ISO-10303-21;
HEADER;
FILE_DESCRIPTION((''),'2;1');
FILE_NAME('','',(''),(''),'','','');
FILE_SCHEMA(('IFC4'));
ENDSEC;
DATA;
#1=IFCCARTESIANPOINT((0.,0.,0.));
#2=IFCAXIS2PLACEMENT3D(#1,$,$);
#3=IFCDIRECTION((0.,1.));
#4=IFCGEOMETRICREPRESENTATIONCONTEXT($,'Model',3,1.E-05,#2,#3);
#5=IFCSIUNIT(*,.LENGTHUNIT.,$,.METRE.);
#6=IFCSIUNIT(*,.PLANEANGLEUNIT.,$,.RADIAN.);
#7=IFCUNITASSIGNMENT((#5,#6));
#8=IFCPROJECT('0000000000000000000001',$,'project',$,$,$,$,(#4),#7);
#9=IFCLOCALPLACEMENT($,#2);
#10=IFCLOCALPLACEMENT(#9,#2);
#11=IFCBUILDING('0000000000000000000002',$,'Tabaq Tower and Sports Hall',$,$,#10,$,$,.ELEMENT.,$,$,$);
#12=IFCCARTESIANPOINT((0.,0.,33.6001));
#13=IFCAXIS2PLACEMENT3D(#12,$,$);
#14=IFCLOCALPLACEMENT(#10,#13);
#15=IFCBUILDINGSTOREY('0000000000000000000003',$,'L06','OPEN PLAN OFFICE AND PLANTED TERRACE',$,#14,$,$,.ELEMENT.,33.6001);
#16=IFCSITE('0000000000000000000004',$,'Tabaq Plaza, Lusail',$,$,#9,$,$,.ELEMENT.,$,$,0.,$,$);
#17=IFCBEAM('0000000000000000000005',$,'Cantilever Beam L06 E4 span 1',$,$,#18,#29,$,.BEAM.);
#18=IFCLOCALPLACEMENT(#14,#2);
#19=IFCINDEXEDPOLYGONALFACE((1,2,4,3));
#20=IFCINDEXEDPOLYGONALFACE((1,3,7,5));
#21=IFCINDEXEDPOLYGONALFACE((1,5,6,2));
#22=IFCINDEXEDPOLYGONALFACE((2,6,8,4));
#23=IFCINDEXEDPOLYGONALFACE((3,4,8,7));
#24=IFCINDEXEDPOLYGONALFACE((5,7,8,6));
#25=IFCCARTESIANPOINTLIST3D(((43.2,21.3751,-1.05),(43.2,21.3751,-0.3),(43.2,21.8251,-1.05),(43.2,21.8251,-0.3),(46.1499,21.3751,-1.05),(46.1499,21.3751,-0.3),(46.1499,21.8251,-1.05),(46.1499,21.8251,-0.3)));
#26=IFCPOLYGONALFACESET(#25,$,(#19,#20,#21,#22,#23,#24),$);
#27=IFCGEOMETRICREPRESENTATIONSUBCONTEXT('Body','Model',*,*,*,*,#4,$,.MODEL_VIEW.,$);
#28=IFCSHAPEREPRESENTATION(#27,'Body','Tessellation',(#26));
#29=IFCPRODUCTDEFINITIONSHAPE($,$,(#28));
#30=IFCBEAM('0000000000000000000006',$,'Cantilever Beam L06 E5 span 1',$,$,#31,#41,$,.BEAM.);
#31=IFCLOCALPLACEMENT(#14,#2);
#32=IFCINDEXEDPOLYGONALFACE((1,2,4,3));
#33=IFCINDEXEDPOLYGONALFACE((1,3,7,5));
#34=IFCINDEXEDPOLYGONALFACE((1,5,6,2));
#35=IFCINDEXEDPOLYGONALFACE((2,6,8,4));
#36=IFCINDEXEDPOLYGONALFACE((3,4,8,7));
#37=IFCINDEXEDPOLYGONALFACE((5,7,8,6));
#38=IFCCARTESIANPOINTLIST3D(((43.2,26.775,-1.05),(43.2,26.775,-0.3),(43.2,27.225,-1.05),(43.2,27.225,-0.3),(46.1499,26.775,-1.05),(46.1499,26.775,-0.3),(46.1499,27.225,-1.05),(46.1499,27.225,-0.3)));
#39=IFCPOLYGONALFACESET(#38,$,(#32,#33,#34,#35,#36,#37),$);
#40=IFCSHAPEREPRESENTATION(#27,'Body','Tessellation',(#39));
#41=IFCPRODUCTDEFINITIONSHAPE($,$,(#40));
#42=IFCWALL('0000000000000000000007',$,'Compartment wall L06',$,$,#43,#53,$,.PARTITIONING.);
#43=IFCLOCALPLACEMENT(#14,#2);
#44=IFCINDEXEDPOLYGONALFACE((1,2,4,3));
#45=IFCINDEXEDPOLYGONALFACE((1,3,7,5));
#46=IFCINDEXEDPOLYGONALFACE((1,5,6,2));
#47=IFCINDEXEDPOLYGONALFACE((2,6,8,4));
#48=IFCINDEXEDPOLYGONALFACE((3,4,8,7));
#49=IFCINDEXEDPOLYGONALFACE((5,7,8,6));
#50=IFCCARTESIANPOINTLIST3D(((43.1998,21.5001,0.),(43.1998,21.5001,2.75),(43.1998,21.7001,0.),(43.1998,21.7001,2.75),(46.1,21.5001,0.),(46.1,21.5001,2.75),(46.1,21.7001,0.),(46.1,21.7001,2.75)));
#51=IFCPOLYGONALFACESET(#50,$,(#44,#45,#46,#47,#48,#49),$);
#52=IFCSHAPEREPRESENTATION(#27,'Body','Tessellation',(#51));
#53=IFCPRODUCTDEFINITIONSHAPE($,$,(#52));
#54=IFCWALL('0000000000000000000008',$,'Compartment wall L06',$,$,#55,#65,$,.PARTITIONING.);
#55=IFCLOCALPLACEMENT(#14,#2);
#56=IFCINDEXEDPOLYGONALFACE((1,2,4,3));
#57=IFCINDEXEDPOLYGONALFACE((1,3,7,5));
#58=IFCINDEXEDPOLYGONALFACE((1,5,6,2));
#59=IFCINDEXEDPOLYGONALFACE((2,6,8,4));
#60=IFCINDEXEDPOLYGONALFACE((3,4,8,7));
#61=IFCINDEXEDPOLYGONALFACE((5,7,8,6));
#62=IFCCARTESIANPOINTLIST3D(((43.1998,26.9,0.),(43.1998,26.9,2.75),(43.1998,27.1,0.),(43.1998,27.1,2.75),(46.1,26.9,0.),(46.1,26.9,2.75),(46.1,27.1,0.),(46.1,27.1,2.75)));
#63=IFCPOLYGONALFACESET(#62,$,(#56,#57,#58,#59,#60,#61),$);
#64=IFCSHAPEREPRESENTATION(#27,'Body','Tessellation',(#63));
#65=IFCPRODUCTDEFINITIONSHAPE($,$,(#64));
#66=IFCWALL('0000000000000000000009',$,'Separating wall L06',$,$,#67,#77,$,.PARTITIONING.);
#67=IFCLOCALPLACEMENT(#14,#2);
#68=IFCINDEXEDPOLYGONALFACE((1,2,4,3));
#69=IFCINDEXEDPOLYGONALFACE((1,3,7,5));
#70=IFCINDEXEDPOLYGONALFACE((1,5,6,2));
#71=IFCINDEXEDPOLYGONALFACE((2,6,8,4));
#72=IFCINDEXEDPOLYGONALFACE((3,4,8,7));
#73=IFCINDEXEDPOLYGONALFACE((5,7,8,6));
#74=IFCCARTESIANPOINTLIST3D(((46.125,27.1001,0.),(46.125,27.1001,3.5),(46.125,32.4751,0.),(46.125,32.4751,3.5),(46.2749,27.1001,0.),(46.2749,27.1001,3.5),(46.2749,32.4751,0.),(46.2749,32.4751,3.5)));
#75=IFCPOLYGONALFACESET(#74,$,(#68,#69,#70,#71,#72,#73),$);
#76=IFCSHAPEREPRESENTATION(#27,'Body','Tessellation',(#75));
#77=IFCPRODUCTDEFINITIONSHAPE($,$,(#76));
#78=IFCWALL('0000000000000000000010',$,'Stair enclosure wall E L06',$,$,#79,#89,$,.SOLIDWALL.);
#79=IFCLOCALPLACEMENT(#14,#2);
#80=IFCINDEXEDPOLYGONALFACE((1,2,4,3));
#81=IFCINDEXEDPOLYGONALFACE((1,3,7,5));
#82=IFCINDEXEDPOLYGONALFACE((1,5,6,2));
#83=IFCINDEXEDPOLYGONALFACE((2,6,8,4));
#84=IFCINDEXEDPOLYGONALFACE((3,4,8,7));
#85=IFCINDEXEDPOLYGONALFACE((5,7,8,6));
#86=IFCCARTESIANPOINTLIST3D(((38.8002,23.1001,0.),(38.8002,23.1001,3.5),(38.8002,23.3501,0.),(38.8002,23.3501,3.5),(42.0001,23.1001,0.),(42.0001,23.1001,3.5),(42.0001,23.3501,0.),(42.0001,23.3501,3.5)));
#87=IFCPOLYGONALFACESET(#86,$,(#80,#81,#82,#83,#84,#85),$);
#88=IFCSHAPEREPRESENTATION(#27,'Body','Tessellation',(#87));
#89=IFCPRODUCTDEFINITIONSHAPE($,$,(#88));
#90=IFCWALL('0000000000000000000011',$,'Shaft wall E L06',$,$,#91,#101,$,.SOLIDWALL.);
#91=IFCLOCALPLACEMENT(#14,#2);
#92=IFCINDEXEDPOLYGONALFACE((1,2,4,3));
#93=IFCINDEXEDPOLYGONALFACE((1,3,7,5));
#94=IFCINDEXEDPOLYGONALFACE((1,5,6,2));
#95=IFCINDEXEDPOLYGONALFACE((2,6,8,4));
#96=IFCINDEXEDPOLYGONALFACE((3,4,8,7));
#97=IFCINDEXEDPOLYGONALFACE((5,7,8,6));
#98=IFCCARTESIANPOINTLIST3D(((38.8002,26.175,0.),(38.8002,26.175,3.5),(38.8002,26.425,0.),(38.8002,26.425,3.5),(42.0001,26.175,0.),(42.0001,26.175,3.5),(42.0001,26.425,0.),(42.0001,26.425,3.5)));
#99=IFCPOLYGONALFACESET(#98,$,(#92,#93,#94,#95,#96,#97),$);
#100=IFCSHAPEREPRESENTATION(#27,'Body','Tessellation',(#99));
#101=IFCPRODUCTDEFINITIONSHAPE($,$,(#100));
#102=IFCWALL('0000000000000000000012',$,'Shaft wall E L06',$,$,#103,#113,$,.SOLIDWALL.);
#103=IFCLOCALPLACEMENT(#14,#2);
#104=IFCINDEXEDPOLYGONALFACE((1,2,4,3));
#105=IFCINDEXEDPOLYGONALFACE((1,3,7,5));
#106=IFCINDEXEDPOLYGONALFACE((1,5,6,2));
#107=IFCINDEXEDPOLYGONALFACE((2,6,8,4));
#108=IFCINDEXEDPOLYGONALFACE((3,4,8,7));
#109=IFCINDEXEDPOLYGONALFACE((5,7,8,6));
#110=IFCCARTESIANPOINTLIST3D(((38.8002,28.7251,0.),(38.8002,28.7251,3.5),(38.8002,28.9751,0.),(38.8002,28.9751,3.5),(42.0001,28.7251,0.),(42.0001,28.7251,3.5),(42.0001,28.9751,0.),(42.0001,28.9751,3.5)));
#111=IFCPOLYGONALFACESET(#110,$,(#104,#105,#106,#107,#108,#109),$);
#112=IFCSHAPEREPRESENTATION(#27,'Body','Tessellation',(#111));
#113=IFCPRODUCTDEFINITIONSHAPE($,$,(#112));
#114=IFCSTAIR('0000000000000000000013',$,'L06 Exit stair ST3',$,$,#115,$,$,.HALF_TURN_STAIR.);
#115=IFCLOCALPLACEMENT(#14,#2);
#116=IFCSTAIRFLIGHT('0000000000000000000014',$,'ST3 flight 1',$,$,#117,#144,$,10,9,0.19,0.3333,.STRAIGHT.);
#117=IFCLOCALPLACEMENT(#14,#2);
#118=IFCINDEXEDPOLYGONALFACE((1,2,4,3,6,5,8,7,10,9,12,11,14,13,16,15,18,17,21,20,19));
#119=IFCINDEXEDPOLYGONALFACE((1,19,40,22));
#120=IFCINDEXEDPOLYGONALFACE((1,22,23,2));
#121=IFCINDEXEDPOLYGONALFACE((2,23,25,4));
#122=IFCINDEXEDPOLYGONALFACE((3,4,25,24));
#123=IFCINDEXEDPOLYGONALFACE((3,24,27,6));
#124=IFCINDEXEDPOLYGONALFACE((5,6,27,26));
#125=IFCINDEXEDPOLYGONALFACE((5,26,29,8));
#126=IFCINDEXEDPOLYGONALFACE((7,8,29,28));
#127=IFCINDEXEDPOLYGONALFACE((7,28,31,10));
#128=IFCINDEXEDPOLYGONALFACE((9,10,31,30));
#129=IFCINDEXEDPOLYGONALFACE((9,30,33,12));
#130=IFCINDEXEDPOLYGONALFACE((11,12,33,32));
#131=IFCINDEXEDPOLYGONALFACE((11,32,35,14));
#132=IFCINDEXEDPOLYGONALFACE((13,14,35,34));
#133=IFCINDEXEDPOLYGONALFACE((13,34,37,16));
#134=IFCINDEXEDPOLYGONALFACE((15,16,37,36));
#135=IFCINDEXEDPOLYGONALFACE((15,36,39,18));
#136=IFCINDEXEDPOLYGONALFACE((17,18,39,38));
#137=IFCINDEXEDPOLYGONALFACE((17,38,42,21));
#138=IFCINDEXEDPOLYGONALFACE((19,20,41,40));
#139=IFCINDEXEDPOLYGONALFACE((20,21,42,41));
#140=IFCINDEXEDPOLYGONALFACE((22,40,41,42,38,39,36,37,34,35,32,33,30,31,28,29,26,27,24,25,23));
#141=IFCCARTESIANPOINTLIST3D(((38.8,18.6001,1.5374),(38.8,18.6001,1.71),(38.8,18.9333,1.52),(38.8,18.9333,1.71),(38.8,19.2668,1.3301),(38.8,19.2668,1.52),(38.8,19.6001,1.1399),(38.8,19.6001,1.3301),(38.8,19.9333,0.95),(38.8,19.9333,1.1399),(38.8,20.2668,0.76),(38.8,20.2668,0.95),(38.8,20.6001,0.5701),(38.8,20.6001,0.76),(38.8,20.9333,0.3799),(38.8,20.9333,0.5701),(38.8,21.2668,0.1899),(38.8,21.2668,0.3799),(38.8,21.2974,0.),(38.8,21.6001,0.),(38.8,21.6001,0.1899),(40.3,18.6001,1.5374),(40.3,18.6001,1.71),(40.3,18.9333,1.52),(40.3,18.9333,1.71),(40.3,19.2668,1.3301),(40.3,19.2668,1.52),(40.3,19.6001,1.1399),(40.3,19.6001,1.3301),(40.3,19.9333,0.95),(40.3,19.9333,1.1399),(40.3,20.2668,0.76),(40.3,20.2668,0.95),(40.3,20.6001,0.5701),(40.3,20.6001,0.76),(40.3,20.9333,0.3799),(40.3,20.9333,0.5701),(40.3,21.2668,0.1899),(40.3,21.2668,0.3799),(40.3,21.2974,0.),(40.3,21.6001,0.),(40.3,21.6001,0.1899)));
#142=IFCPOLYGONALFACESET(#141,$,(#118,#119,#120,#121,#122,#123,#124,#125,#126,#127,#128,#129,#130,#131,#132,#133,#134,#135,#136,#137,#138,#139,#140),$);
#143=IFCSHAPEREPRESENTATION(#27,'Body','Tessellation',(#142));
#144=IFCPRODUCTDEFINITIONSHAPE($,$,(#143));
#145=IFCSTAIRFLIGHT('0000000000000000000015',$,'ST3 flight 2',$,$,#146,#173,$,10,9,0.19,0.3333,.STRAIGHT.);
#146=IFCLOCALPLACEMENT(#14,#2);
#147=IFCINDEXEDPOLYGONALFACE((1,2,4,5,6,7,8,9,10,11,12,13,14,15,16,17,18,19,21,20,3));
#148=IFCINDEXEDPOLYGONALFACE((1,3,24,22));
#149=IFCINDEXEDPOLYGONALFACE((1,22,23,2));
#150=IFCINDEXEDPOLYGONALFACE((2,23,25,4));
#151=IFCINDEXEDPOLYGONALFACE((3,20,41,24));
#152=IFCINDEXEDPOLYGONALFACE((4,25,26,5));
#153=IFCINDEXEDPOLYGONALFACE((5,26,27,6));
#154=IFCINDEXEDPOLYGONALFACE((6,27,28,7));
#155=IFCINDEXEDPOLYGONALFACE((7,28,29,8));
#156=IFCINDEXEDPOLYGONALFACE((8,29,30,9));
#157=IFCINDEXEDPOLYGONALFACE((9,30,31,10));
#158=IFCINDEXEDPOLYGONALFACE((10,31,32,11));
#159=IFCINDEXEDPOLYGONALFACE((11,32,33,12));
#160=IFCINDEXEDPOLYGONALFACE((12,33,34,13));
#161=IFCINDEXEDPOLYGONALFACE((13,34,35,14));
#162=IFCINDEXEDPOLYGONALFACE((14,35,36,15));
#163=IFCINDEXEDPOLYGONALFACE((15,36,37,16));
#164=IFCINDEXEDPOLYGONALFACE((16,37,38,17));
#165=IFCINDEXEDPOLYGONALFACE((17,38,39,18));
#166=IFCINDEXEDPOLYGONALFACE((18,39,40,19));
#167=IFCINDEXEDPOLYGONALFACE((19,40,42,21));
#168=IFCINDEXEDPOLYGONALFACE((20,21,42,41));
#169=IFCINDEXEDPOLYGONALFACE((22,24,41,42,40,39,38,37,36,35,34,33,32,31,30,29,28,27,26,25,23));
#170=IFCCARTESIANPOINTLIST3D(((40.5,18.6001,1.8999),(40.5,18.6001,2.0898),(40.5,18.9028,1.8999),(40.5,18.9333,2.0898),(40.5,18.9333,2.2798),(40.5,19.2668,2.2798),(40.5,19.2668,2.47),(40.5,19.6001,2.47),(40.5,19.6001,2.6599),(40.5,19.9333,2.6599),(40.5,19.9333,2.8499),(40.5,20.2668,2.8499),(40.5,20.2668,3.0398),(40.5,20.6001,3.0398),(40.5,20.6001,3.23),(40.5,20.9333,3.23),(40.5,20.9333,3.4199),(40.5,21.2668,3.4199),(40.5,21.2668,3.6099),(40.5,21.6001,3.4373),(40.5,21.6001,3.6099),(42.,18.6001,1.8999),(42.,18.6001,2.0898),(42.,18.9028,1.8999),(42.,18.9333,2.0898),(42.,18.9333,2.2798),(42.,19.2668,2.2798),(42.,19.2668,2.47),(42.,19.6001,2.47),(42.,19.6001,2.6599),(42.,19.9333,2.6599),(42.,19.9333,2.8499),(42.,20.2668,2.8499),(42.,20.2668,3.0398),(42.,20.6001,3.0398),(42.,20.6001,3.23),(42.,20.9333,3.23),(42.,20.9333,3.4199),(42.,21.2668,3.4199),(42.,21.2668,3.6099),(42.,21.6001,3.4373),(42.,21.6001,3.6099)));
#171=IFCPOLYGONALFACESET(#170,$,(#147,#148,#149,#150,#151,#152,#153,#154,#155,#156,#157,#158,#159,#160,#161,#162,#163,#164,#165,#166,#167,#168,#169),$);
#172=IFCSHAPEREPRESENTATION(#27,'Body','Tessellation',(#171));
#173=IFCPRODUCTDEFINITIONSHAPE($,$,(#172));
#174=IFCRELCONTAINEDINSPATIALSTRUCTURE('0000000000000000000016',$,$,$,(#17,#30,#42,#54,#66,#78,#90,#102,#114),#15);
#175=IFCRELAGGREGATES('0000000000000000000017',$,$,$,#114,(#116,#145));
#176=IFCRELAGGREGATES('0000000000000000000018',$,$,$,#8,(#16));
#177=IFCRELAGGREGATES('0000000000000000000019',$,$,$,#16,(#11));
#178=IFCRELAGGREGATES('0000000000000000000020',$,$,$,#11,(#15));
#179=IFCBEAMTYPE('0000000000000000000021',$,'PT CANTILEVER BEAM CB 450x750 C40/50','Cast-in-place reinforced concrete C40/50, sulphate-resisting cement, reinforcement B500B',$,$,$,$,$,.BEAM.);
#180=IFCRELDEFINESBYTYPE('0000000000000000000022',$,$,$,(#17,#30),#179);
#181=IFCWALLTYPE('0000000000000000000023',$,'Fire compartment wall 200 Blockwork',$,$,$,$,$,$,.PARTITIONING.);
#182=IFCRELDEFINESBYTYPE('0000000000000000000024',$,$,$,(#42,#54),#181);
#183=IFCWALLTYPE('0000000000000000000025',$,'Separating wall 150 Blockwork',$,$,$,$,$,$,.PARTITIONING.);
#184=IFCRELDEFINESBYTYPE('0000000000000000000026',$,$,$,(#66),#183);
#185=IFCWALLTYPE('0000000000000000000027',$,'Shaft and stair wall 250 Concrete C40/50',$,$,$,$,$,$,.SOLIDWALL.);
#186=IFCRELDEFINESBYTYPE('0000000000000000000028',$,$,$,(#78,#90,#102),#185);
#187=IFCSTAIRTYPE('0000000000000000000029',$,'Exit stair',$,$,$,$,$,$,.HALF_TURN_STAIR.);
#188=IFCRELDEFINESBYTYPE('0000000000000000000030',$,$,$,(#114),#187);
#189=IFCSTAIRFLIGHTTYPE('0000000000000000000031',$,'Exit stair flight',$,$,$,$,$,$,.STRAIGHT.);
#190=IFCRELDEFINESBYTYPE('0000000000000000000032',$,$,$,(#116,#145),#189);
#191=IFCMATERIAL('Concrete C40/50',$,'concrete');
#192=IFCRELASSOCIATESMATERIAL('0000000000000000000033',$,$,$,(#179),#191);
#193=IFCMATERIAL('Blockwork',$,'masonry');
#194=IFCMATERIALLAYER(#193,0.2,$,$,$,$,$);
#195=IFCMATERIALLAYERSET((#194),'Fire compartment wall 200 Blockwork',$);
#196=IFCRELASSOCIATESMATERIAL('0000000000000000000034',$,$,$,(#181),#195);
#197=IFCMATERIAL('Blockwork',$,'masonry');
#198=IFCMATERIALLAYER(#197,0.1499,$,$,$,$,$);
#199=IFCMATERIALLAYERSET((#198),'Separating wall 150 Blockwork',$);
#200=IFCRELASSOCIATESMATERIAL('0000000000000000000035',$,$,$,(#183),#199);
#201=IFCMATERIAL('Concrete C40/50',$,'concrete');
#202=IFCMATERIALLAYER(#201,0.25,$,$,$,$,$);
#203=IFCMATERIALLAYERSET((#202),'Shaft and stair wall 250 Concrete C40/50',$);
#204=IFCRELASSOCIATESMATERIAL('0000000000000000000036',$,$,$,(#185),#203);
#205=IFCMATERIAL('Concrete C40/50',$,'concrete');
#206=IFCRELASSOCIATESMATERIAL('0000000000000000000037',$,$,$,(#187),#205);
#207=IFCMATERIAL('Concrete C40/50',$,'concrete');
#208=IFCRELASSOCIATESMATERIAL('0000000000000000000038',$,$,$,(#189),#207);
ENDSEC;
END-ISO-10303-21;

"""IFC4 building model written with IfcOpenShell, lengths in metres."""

from ifc_helpers import new_model, si_unit, direction, frame, frame_2d, origin, origin_2d, place, context, subcontext, project, spatial, polyline, rectangle, outline, extrude, material, layer, layer_set, material_profile, profile_set, type_object, element, aggregate, save


model = new_model("IFC4")

# Units and contexts
model_context = context("Model", 3, precision=1e-05, world=origin(), true_north=direction((0.0, 1.0)))
body_context = subcontext(model_context, "Body", "Model", "MODEL_VIEW")
ifc_project = project(units=[si_unit("LENGTHUNIT", "METRE"), si_unit("PLANEANGLEUNIT", "RADIAN")], contexts=[model_context])

# Site, building, storey
site_placement = place(None, origin())
site = spatial("IfcSite", under=ifc_project, at=site_placement, Name="Tabaq Plaza, Lusail", CompositionType="ELEMENT", RefElevation=0.0)
building_placement = place(site_placement, origin())
building = spatial("IfcBuilding", under=site, at=building_placement, Name="Tabaq Tower and Sports Hall", CompositionType="ELEMENT")
storey_placement = place(building_placement, frame((0.0, 0.0, 33.6001)))
storey = spatial("IfcBuildingStorey", under=building, at=storey_placement, Name="L06", Description="OPEN PLAN OFFICE AND PLANTED TERRACE", CompositionType="ELEMENT", Elevation=33.6001)

# Beams
ifc_material_1 = material(Name="Concrete C40/50", Category="concrete")
ifc_material_profile = material_profile(ifc_material_1, rectangle(XDim=0.45, YDim=0.75, at=origin_2d()), Name="CB 450x750")
ifc_profile_set = profile_set([ifc_material_profile], Name="Concrete C40/50")
beam_type = type_object("IfcBeamType", Name="PT CANTILEVER BEAM CB 450x750 C40/50", Description="Cast-in-place reinforced concrete C40/50, sulphate-resisting cement, reinforcement B500B", PredefinedType="BEAM", material=ifc_profile_set)
for number, where, z_axis, x_axis, name in (
    (1, (46.1499, 21.6001, -0.675), (-1.0, 0.0, 0.0), (0.0, -1.0, 0.0), "Cantilever Beam L06 E4 span 1"),
    (2, (46.1499, 27.0, -0.675), (-1.0, 0.0, 0.0), (0.0, -1.0, 0.0), "Cantilever Beam L06 E5 span 1"),
):
    element("IfcBeam", number, at=place(storey_placement, frame(where, z_axis=z_axis, x_axis=x_axis)), inside=storey, type_object=beam_type, Name=name, PredefinedType="BEAM", context=body_context, shape_type="SweptSolid", body=[
        extrude(rectangle(XDim=0.45, YDim=0.75, at=origin_2d()), origin(), (0.0, 0.0, 1.0), 2.95),
    ])

# Shared definitions
ifc_material_2 = material(Name="Blockwork", Category="masonry")
ifc_layer_1 = layer(ifc_material_2, 0.2)
ifc_layer_set_1 = layer_set([ifc_layer_1], Name="Fire compartment wall 200 Blockwork")
wall_type_1 = type_object("IfcWallType", Name="Fire compartment wall 200 Blockwork", PredefinedType="PARTITIONING", material=ifc_layer_set_1)

# Walls
for number, where, z_axis, x_axis, name in (
    (3, (46.1001, 21.6001, 0.0), (0.0, 0.0, 1.0), (-1.0, 0.0, 0.0), "Compartment wall L06"),
    (4, (46.1001, 27.0, 0.0), (0.0, 0.0, 1.0), (-1.0, 0.0, 0.0), "Compartment wall L06"),
):
    element("IfcWall", number, at=place(storey_placement, frame(where, z_axis=z_axis, x_axis=x_axis)), inside=storey, type_object=wall_type_1, Name=name, PredefinedType="PARTITIONING", context=body_context, shape_type="SweptSolid", body=[
        extrude(rectangle(XDim=2.9001, YDim=0.2, at=frame_2d((1.4502, 0.0))), origin(), (0.0, 0.0, 1.0), 2.75),
    ])
ifc_material_3 = material(Name="Blockwork", Category="masonry")
ifc_layer_2 = layer(ifc_material_3, 0.1499)
ifc_layer_set_2 = layer_set([ifc_layer_2], Name="Separating wall 150 Blockwork")
wall_type_2 = type_object("IfcWallType", Name="Separating wall 150 Blockwork", PredefinedType="PARTITIONING", material=ifc_layer_set_2)
wall_1_placement = place(storey_placement, frame((46.2, 27.1001, 0.0), z_axis=(0.0, 0.0, 1.0), x_axis=(0.0, 1.0, 0.0)))
element("IfcWall", 5, at=wall_1_placement, inside=storey, type_object=wall_type_2, Name="Separating wall L06", PredefinedType="PARTITIONING", context=body_context, shape_type="SweptSolid", body=[
    extrude(rectangle(XDim=5.375, YDim=0.1499, at=frame_2d((2.6875, 0.0))), origin(), (0.0, 0.0, 1.0), 3.5),
])
ifc_material_4 = material(Name="Concrete C40/50", Category="concrete")
ifc_layer_3 = layer(ifc_material_4, 0.25)
ifc_layer_set_3 = layer_set([ifc_layer_3], Name="Shaft and stair wall 250 Concrete C40/50")
wall_type_3 = type_object("IfcWallType", Name="Shaft and stair wall 250 Concrete C40/50", PredefinedType="SOLIDWALL", material=ifc_layer_set_3)
for number, where, z_axis, x_axis, name in (
    (6, (38.8, 23.2251, 0.0), (0.0, 0.0, 1.0), (1.0, 0.0, 0.0), "Stair enclosure wall E L06"),
    (7, (38.8, 26.3, 0.0), (0.0, 0.0, 1.0), (1.0, 0.0, 0.0), "Shaft wall E L06"),
    (8, (38.8, 28.8501, 0.0), (0.0, 0.0, 1.0), (1.0, 0.0, 0.0), "Shaft wall E L06"),
):
    element("IfcWall", number, at=place(storey_placement, frame(where, z_axis=z_axis, x_axis=x_axis)), inside=storey, type_object=wall_type_3, Name=name, PredefinedType="SOLIDWALL", context=body_context, shape_type="SweptSolid", body=[
        extrude(rectangle(XDim=3.2, YDim=0.25, at=frame_2d((1.6001, 0.0))), origin(), (0.0, 0.0, 1.0), 3.5),
    ])

# Stair, stair flights
ifc_material_5 = material(Name="Concrete C40/50", Category="concrete")
stair_type = type_object("IfcStairType", Name="Exit stair", PredefinedType="HALF_TURN_STAIR", material=ifc_material_5)
stair_placement = place(storey_placement, origin())
stair = element("IfcStair", 9, at=stair_placement, inside=storey, type_object=stair_type, Name="L06 Exit stair ST3", PredefinedType="HALF_TURN_STAIR")
ifc_material_6 = material(Name="Concrete C40/50", Category="concrete")
stair_flight_type = type_object("IfcStairFlightType", Name="Exit stair flight", PredefinedType="STRAIGHT", material=ifc_material_6)
stair_flight_1_placement = place(storey_placement, frame((39.55, 21.6001, 0.0), z_axis=(0.0, 0.0, 1.0), x_axis=(0.0, -1.0, 0.0)))
stair_flight_1 = element("IfcStairFlight", 10, at=stair_flight_1_placement, type_object=stair_flight_type, Name="ST3 flight 1", NumberOfRisers=10, NumberOfTreads=9, PredefinedType="STRAIGHT", RiserHeight=0.19, TreadLength=0.3333, context=body_context, shape_type="SweptSolid", body=[
    extrude(outline(polyline([(0.0, 0.0), (0.0, 0.1899), (0.3333, 0.1899), (0.3333, 0.3799), (0.6667, 0.3799), (0.6667, 0.5701), (1.0, 0.5701), (1.0, 0.76), (1.3333, 0.76), (1.3333, 0.95), (1.6667, 0.95), (1.6667, 1.1399), (2.0, 1.1399), (2.0, 1.3301), (2.3333, 1.3301), (2.3333, 1.52), (2.6667, 1.52), (2.6667, 1.71), (3.0, 1.71), (3.0, 1.8999), (3.0, 1.5374), (0.3027, 0.0), (0.0, 0.0)])), frame((0.0, 0.75, 0.0), z_axis=(0.0, -1.0, 0.0), x_axis=(1.0, 0.0, 0.0)), (0.0, 0.0, 1.0), 1.5),
])
stair_flight_2_placement = place(storey_placement, frame((41.25, 18.6001, 1.8999), z_axis=(0.0, 0.0, 1.0), x_axis=(0.0, 1.0, 0.0)))
stair_flight_2 = element("IfcStairFlight", 11, at=stair_flight_2_placement, type_object=stair_flight_type, Name="ST3 flight 2", NumberOfRisers=10, NumberOfTreads=9, PredefinedType="STRAIGHT", RiserHeight=0.19, TreadLength=0.3333, context=body_context, shape_type="SweptSolid", body=[
    extrude(outline(polyline([(0.0, 0.0), (0.0, 0.1899), (0.3333, 0.1899), (0.3333, 0.3799), (0.6667, 0.3799), (0.6667, 0.5701), (1.0, 0.5701), (1.0, 0.76), (1.3333, 0.76), (1.3333, 0.95), (1.6667, 0.95), (1.6667, 1.1399), (2.0, 1.1399), (2.0, 1.3301), (2.3333, 1.3301), (2.3333, 1.52), (2.6667, 1.52), (2.6667, 1.71), (3.0, 1.71), (3.0, 1.8999), (3.0, 1.5374), (0.3027, 0.0), (0.0, 0.0)])), frame((0.0, 0.75, 0.0), z_axis=(0.0, -1.0, 0.0), x_axis=(1.0, 0.0, 0.0)), (0.0, 0.0, 1.0), 1.5),
])
aggregate(stair, [stair_flight_1, stair_flight_2])

save(model, "model.ifc")
